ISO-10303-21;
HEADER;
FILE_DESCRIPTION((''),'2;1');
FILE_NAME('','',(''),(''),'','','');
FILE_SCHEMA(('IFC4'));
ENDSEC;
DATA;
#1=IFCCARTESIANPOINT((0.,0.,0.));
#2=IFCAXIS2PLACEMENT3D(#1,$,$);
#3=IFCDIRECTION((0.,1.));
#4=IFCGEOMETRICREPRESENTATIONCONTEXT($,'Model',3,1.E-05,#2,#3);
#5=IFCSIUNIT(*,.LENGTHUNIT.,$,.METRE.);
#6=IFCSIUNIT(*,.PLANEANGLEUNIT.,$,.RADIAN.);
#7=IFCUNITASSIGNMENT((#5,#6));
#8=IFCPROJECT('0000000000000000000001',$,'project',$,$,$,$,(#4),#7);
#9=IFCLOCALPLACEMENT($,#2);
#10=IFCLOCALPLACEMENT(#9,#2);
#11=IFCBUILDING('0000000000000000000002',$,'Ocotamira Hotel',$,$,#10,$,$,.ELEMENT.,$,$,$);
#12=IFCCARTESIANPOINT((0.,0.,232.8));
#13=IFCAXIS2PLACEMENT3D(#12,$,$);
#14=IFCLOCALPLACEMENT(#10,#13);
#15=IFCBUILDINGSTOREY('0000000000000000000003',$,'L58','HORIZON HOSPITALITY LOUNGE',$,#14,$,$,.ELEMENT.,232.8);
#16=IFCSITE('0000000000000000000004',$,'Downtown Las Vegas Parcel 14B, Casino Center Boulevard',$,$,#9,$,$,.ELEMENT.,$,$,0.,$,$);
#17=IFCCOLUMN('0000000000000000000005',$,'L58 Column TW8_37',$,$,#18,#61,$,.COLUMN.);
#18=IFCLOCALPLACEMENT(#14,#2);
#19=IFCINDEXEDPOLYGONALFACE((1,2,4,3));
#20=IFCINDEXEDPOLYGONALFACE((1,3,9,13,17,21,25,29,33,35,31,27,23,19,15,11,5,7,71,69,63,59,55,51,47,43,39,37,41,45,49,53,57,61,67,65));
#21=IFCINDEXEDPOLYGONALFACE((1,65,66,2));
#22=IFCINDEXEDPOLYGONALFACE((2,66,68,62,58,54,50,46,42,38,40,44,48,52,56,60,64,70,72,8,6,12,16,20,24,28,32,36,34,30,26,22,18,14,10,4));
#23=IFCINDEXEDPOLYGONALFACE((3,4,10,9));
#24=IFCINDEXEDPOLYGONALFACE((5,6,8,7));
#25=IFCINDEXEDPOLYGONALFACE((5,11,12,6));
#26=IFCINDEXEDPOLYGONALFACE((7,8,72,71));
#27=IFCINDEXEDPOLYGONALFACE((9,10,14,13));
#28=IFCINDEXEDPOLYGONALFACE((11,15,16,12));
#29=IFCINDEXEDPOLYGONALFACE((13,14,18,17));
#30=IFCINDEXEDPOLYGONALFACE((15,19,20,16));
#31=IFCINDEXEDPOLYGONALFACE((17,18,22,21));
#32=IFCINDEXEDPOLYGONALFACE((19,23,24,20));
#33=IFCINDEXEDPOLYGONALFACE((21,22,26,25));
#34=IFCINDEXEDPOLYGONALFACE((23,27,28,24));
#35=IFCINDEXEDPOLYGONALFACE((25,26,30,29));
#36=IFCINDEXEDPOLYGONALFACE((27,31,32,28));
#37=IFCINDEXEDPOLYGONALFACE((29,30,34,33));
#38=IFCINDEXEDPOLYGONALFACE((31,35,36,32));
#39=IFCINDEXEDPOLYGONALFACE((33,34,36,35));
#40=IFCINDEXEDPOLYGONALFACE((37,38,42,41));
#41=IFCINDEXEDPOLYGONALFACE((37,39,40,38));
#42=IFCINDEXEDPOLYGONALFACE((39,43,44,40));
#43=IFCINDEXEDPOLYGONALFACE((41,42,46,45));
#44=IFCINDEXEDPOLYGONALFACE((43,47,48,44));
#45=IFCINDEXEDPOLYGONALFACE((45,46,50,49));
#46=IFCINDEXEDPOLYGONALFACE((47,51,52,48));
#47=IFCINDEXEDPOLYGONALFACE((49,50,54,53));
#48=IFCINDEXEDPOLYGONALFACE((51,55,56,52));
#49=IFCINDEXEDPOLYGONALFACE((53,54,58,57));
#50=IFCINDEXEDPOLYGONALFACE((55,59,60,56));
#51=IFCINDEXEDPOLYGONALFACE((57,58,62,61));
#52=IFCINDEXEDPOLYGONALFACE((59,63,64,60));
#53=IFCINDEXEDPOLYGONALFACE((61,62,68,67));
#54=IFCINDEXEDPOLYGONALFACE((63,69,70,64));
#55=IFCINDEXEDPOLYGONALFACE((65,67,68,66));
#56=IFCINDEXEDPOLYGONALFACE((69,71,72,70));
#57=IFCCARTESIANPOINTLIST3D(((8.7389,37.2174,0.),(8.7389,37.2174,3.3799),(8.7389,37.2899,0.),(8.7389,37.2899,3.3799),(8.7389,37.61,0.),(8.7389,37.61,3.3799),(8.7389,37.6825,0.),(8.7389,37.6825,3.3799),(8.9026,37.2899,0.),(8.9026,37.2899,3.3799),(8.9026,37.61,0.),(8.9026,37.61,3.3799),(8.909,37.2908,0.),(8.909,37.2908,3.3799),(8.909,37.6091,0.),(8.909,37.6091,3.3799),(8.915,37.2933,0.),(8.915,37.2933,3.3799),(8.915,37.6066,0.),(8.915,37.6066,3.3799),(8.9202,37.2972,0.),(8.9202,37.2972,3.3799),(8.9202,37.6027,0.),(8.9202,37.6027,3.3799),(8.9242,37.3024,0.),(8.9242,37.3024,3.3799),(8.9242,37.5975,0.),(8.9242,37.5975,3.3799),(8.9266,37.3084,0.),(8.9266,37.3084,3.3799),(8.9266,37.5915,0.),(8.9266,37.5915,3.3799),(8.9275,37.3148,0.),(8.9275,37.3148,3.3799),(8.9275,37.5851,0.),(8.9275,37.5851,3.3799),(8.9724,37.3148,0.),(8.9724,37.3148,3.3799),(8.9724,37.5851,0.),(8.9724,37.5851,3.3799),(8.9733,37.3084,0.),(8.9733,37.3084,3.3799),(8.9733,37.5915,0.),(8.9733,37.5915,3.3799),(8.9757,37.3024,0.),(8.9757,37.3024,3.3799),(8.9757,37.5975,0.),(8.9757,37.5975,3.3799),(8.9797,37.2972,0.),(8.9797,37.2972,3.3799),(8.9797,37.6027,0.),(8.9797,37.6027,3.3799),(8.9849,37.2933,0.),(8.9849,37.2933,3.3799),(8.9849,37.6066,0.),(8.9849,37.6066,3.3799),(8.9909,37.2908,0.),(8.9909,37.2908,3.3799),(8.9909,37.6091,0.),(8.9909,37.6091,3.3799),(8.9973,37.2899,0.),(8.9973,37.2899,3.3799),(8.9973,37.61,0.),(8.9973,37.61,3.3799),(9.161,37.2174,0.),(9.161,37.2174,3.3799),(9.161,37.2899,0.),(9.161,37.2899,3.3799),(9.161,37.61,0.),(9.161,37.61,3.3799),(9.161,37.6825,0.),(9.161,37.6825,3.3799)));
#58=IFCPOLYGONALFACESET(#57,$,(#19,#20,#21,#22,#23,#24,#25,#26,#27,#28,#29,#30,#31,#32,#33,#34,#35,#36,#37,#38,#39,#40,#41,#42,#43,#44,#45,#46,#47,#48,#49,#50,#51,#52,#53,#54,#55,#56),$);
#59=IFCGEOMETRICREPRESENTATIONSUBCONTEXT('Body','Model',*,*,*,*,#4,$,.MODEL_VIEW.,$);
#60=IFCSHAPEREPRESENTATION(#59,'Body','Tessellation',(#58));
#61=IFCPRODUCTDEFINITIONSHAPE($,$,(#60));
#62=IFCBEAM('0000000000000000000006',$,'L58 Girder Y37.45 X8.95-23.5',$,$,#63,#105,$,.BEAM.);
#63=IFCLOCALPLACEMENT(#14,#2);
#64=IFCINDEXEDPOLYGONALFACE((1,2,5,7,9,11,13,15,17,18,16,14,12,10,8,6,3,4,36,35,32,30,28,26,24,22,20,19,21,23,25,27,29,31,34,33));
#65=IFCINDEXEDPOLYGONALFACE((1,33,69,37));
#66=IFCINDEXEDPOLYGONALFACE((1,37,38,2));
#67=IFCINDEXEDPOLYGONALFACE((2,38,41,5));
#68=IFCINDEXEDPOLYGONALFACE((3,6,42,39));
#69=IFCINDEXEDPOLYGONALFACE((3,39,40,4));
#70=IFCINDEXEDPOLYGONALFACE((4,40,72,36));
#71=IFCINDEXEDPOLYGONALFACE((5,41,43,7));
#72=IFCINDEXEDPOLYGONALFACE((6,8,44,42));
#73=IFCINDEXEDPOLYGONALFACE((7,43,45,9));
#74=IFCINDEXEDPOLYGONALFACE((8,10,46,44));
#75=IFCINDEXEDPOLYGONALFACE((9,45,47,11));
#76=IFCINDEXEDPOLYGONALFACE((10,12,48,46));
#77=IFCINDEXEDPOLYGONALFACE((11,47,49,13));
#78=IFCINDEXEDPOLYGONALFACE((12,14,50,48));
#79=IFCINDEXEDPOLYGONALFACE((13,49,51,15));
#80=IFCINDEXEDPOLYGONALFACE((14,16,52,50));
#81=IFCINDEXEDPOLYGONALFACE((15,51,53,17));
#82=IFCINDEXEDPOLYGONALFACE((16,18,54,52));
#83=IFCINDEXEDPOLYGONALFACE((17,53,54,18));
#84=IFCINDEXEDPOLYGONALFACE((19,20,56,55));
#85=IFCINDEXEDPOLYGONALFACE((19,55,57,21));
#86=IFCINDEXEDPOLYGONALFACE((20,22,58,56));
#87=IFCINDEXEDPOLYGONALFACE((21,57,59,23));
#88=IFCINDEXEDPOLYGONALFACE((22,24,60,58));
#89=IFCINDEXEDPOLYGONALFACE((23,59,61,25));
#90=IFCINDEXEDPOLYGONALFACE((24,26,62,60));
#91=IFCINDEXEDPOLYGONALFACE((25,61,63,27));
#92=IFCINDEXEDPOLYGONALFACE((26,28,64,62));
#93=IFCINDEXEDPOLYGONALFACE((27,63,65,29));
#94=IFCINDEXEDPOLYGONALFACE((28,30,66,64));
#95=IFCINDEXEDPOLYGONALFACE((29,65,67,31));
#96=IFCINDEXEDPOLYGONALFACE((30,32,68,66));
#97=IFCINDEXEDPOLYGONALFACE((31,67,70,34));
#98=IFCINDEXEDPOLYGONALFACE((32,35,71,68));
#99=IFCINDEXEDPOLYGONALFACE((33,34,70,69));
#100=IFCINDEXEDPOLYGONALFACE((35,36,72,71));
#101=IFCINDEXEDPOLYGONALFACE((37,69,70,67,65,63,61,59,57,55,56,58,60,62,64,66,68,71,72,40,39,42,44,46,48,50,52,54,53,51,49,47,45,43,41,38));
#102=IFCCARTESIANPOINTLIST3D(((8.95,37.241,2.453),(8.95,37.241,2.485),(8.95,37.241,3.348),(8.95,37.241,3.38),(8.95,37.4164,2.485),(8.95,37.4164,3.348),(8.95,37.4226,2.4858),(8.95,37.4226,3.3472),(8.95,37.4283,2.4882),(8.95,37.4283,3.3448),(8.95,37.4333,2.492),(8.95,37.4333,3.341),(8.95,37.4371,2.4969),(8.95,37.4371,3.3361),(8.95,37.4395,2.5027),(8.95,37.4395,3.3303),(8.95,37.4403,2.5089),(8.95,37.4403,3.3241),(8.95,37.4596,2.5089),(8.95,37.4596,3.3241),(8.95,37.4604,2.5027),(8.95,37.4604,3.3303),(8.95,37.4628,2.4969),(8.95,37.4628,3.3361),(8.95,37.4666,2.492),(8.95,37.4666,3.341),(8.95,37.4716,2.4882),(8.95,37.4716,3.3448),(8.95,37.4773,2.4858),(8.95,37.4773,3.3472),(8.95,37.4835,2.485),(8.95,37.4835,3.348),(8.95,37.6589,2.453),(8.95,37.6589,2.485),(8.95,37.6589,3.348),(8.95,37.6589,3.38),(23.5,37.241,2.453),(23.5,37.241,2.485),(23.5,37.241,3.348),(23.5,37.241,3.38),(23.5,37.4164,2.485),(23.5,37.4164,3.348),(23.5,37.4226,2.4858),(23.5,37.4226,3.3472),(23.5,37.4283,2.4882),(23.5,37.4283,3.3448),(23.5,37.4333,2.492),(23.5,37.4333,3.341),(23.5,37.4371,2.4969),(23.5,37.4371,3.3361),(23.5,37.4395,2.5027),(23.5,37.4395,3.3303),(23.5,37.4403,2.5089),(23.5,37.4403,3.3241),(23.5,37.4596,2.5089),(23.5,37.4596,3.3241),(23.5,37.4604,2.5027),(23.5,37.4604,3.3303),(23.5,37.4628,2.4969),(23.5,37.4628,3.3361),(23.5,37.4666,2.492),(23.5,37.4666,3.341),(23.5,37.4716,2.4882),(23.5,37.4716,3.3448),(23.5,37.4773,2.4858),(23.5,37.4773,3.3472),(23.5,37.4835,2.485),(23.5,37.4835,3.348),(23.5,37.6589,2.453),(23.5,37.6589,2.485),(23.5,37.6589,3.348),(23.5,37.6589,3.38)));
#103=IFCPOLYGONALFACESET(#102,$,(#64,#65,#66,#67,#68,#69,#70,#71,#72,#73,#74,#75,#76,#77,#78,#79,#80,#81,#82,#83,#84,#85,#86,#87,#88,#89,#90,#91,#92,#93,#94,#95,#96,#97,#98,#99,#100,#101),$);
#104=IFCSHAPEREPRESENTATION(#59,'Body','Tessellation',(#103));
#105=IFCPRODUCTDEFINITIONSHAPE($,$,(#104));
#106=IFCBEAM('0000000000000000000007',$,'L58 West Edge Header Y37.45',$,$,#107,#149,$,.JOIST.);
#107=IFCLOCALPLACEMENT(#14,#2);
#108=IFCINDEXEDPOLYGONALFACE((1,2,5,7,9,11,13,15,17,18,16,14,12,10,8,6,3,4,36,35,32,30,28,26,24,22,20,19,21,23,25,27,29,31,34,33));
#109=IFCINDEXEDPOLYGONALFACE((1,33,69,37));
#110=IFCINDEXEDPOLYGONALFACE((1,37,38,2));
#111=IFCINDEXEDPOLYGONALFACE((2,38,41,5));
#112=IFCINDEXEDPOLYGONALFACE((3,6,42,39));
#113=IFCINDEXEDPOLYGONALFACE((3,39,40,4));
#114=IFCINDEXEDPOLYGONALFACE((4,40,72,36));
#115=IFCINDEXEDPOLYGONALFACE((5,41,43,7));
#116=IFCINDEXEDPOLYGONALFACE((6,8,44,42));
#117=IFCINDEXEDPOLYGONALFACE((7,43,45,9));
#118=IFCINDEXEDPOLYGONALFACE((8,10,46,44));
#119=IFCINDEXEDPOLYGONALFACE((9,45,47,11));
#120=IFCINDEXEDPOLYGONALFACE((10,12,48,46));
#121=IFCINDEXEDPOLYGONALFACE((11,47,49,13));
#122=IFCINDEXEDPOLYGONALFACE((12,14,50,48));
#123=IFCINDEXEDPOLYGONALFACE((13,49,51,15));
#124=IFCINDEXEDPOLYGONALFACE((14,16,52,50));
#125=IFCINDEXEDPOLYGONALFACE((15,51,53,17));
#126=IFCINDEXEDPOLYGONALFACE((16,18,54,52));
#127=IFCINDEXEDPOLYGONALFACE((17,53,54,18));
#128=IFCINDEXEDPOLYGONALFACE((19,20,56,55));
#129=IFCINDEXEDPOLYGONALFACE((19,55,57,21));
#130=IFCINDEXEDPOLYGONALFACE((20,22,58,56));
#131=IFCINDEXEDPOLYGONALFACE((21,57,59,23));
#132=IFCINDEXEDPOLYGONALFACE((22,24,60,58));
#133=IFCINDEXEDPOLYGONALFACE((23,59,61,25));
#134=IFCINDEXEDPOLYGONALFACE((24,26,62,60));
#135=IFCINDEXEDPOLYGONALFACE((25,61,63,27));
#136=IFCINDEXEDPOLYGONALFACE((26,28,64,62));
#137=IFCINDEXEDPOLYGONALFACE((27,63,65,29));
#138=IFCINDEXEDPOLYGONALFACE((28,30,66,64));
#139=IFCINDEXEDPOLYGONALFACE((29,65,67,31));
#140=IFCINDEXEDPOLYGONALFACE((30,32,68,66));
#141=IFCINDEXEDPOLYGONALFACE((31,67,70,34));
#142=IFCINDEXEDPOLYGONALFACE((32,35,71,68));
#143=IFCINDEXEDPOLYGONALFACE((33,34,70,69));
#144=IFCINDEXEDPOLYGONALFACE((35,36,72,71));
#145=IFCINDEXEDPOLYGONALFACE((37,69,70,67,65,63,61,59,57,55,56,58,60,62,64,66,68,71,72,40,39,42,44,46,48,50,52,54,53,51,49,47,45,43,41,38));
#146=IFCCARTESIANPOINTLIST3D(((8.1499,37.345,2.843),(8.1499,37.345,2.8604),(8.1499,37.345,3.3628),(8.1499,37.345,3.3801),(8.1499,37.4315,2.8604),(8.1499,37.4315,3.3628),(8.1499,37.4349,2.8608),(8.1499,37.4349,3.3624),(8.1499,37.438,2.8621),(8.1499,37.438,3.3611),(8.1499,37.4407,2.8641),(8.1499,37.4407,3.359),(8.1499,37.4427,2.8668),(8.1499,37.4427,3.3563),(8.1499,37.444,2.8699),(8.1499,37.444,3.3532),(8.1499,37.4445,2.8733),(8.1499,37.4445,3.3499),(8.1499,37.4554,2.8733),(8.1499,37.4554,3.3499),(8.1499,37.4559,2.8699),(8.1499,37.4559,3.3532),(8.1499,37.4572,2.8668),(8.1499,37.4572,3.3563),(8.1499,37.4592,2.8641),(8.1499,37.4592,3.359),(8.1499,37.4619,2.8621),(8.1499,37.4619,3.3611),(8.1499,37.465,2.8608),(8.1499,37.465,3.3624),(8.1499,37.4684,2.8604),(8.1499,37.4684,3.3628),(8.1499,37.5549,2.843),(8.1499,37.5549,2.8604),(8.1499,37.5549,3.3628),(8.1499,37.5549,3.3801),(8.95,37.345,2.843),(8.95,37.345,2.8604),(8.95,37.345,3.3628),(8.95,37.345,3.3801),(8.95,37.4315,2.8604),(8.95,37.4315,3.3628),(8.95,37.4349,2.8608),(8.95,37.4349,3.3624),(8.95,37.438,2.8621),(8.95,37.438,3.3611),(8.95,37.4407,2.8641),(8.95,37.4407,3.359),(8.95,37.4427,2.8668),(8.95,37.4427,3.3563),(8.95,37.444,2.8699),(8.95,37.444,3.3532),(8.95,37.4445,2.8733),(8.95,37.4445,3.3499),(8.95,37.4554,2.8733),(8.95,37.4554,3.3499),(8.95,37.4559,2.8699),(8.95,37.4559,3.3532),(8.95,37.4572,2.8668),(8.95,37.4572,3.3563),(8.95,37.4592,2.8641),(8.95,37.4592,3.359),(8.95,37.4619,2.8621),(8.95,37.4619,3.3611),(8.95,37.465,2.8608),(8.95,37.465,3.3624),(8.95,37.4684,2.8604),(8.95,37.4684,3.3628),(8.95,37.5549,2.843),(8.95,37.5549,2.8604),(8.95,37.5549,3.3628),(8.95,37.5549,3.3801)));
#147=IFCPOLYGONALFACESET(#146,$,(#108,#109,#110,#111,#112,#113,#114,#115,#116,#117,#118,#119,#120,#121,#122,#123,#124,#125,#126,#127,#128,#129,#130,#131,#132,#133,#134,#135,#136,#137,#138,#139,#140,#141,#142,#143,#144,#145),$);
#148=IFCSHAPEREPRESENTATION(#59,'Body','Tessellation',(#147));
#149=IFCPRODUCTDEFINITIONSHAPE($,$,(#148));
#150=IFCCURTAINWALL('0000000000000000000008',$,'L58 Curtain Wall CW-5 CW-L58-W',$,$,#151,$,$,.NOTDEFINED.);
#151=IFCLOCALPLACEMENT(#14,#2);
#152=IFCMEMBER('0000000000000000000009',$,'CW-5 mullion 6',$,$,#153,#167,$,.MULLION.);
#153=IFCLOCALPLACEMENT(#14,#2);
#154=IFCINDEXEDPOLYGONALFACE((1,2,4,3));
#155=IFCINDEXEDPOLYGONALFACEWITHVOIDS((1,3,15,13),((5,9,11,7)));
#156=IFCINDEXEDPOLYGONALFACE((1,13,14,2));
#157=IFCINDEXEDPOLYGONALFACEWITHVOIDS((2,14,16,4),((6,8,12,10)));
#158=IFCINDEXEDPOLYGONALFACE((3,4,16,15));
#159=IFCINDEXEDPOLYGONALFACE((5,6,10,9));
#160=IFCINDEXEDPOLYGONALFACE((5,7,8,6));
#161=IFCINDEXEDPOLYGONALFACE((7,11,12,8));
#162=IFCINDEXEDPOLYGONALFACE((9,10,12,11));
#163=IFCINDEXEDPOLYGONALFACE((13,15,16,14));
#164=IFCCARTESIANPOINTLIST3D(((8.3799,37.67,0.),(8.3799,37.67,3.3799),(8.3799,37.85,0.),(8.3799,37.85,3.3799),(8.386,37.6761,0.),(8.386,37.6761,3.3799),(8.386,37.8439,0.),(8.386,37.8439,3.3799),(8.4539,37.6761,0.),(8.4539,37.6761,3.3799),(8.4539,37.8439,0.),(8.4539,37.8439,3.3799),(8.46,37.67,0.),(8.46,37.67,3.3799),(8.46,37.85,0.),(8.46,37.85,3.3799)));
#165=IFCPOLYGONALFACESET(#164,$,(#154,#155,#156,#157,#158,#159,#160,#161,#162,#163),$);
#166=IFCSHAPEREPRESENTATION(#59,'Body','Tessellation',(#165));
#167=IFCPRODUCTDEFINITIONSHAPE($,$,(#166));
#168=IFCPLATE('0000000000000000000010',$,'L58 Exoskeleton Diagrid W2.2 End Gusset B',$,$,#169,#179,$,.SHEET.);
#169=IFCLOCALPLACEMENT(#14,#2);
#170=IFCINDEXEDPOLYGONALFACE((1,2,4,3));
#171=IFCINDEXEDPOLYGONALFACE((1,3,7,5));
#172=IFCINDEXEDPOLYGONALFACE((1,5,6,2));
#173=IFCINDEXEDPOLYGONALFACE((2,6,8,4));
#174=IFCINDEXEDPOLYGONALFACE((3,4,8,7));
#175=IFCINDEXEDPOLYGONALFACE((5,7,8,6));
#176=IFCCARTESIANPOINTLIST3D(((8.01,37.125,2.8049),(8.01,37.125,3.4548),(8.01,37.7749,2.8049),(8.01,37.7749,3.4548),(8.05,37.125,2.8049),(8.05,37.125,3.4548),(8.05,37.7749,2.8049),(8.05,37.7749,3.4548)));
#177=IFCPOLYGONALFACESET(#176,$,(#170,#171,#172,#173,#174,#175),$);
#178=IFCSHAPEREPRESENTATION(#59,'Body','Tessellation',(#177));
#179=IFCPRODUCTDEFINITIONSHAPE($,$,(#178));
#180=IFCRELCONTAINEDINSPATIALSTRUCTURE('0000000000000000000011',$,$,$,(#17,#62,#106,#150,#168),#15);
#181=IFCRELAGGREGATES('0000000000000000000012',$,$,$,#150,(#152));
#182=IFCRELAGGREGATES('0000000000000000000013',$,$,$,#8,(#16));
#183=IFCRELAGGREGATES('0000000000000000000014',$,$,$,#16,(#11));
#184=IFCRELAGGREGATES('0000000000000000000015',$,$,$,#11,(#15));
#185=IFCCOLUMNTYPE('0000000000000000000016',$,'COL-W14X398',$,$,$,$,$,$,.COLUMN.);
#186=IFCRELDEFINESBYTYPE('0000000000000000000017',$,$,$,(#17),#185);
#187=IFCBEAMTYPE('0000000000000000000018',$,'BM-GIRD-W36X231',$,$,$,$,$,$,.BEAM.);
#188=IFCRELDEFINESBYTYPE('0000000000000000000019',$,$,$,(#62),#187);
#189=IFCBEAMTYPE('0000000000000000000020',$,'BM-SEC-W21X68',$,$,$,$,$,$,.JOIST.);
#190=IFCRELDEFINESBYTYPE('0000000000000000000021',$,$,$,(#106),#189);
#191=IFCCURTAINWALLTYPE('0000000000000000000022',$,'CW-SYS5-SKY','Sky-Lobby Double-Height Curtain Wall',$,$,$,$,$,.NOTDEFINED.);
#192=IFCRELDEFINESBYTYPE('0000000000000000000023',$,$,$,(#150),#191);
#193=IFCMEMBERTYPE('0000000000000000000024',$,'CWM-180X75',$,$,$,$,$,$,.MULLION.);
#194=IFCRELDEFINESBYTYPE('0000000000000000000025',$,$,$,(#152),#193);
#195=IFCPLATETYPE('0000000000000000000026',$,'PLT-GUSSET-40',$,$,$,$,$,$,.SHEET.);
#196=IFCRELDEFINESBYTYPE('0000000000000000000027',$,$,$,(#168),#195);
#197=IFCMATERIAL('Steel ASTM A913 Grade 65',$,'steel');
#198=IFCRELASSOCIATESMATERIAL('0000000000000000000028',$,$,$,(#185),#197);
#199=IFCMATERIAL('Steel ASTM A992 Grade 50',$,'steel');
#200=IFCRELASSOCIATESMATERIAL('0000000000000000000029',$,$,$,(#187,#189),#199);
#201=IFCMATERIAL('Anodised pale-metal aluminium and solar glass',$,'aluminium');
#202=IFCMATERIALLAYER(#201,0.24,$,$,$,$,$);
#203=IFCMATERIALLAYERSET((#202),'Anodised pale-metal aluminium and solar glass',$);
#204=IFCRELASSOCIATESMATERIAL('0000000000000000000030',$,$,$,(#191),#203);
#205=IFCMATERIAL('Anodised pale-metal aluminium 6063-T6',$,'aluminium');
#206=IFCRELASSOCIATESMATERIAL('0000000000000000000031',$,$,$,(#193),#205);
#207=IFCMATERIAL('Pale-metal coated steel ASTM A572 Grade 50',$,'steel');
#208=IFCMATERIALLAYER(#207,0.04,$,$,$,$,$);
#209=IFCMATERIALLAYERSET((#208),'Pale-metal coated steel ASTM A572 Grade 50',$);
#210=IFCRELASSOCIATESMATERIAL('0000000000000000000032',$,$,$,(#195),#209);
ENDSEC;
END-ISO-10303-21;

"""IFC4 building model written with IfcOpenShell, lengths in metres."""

from ifc_helpers import new_model, si_unit, direction, frame, origin, origin_2d, place, context, subcontext, project, spatial, rectangle, hollow_rectangle, i_section, extrude, source, transform, mapped, material, layer, layer_set, material_profile, profile_set, type_object, element, aggregate, save


model = new_model("IFC4")

# Units and contexts
model_context = context("Model", 3, precision=1e-05, world=origin(), true_north=direction((0.0, 1.0)))
body_context = subcontext(model_context, "Body", "Model", "MODEL_VIEW")
ifc_project = project(units=[si_unit("LENGTHUNIT", "METRE"), si_unit("PLANEANGLEUNIT", "RADIAN")], contexts=[model_context])

# Site, building, storey
site_placement = place(None, origin())
site = spatial("IfcSite", under=ifc_project, at=site_placement, Name="Downtown Las Vegas Parcel 14B, Casino Center Boulevard", CompositionType="ELEMENT", RefElevation=0.0)
building_placement = place(site_placement, origin())
building = spatial("IfcBuilding", under=site, at=building_placement, Name="Ocotamira Hotel", CompositionType="ELEMENT")
storey_placement = place(building_placement, frame((0.0, 0.0, 232.8)))
storey = spatial("IfcBuildingStorey", under=building, at=storey_placement, Name="L58", Description="HORIZON HOSPITALITY LOUNGE", CompositionType="ELEMENT", Elevation=232.8)

# Column
ifc_material_1 = material(Name="Steel ASTM A913 Grade 65", Category="steel")
ifc_material_profile_1 = material_profile(ifc_material_1, i_section(OverallWidth=0.4221, OverallDepth=0.4651, WebThickness=0.0449, FlangeThickness=0.0725, FilletRadius=0.0249, at=origin_2d()), Name="W14X398")
ifc_profile_set_1 = profile_set([ifc_material_profile_1], Name="Steel ASTM A913 Grade 65")
column_type = type_object("IfcColumnType", Name="COL-W14X398", PredefinedType="COLUMN", material=ifc_profile_set_1)
shared_shape_1 = source(origin(), body_context, "Body", "SweptSolid", [
    extrude(i_section(OverallWidth=0.4221, OverallDepth=0.4651, WebThickness=0.0449, FlangeThickness=0.0725, FilletRadius=0.0249, at=origin_2d()), origin(), (0.0, 0.0, 1.0), 3.3799),
])
column_placement = place(storey_placement, frame((8.95, 37.45, 0.0), z_axis=(0.0, 0.0, 1.0), x_axis=(1.0, 0.0, 0.0)))
element("IfcColumn", 1, at=column_placement, inside=storey, type_object=column_type, Name="L58 Column TW8_37", PredefinedType="COLUMN", context=body_context, shape_type="MappedRepresentation", body=[
    mapped(shared_shape_1, transform((0.0, 0.0, 0.0), scale=1.0)),
])

# Beams
ifc_material_2 = material(Name="Steel ASTM A992 Grade 50", Category="steel")
ifc_material_profile_2 = material_profile(ifc_material_2, i_section(OverallWidth=0.418, OverallDepth=0.927, WebThickness=0.0193, FlangeThickness=0.032, FilletRadius=0.0239, at=origin_2d()), Name="W36X231")
ifc_profile_set_2 = profile_set([ifc_material_profile_2], Name="Steel ASTM A992 Grade 50")
beam_type_1 = type_object("IfcBeamType", Name="BM-GIRD-W36X231", PredefinedType="BEAM", material=ifc_profile_set_2)
shared_shape_2 = source(origin(), body_context, "Body", "SweptSolid", [
    extrude(i_section(OverallWidth=0.418, OverallDepth=0.927, WebThickness=0.0193, FlangeThickness=0.032, FilletRadius=0.0239, at=origin_2d()), origin(), (0.0, 0.0, 1.0), 14.55),
])
beam_1_placement = place(storey_placement, frame((8.95, 37.45, 2.9165), z_axis=(1.0, 0.0, 0.0), x_axis=(0.0, 1.0, 0.0)))
element("IfcBeam", 2, at=beam_1_placement, inside=storey, type_object=beam_type_1, Name="L58 Girder Y37.45 X8.95-23.5", PredefinedType="BEAM", context=body_context, shape_type="MappedRepresentation", body=[
    mapped(shared_shape_2, transform((0.0, 0.0, 0.0), scale=1.0)),
])
ifc_material_profile_3 = material_profile(ifc_material_2, i_section(OverallWidth=0.21, OverallDepth=0.5371, WebThickness=0.011, FlangeThickness=0.0173, FilletRadius=0.0129, at=origin_2d()), Name="W21X68")
ifc_profile_set_3 = profile_set([ifc_material_profile_3], Name="Steel ASTM A992 Grade 50")
beam_type_2 = type_object("IfcBeamType", Name="BM-SEC-W21X68", PredefinedType="JOIST", material=ifc_profile_set_3)
shared_shape_3 = source(origin(), body_context, "Body", "SweptSolid", [
    extrude(i_section(OverallWidth=0.21, OverallDepth=0.5371, WebThickness=0.011, FlangeThickness=0.0173, FilletRadius=0.0129, at=origin_2d()), origin(), (0.0, 0.0, 1.0), 0.8),
])
beam_2_placement = place(storey_placement, frame((8.95, 37.45, 3.1116), z_axis=(-1.0, 0.0, 0.0), x_axis=(0.0, -1.0, 0.0)))
element("IfcBeam", 3, at=beam_2_placement, inside=storey, type_object=beam_type_2, Name="L58 West Edge Header Y37.45", PredefinedType="JOIST", context=body_context, shape_type="MappedRepresentation", body=[
    mapped(shared_shape_3, transform((0.0, 0.0, 0.0), scale=1.0)),
])

# Curtain wall, member
ifc_material_3 = material(Name="Anodised pale-metal aluminium and solar glass", Category="aluminium")
ifc_layer_1 = layer(ifc_material_3, 0.24)
ifc_layer_set_1 = layer_set([ifc_layer_1], Name="Anodised pale-metal aluminium and solar glass")
curtain_wall_type = type_object("IfcCurtainWallType", Name="CW-SYS5-SKY", Description="Sky-Lobby Double-Height Curtain Wall", PredefinedType="NOTDEFINED", material=ifc_layer_set_1)
curtain_wall_placement = place(storey_placement, origin())
curtain_wall = element("IfcCurtainWall", 4, at=curtain_wall_placement, inside=storey, type_object=curtain_wall_type, Name="L58 Curtain Wall CW-5 CW-L58-W", PredefinedType="NOTDEFINED")
ifc_material_4 = material(Name="Anodised pale-metal aluminium 6063-T6", Category="aluminium")
ifc_material_profile_4 = material_profile(ifc_material_4, hollow_rectangle(XDim=0.0801, YDim=0.1799, WallThickness=0.0061, at=origin_2d()), Name="HSS180X80X6")
ifc_profile_set_4 = profile_set([ifc_material_profile_4], Name="Anodised pale-metal aluminium 6063-T6")
member_type = type_object("IfcMemberType", Name="CWM-180X75", PredefinedType="MULLION", material=ifc_profile_set_4)
shared_shape_4 = source(origin(), body_context, "Body", "SweptSolid", [
    extrude(hollow_rectangle(XDim=0.0801, YDim=0.1799, WallThickness=0.0061, at=origin_2d()), origin(), (0.0, 0.0, 1.0), 3.3799),
])
member_placement = place(storey_placement, frame((8.4199, 37.76, 0.0), z_axis=(0.0, 0.0, 1.0), x_axis=(-1.0, 0.0, 0.0)))
member = element("IfcMember", 5, at=member_placement, type_object=member_type, Name="CW-5 mullion 6", PredefinedType="MULLION", context=body_context, shape_type="MappedRepresentation", body=[
    mapped(shared_shape_4, transform((0.0, 0.0, 0.0), scale=1.0)),
])

# Plate
ifc_material_5 = material(Name="Pale-metal coated steel ASTM A572 Grade 50", Category="steel")
ifc_layer_2 = layer(ifc_material_5, 0.04)
ifc_layer_set_2 = layer_set([ifc_layer_2], Name="Pale-metal coated steel ASTM A572 Grade 50")
plate_type_1 = type_object("IfcPlateType", Name="PLT-GUSSET-40", PredefinedType="SHEET", material=ifc_layer_set_2)
shared_shape_5 = source(origin(), body_context, "Body", "SweptSolid", [
    extrude(rectangle(XDim=0.04, YDim=0.6499, at=origin_2d()), origin(), (0.0, 0.0, 1.0), 0.6499),
])
plate_1_placement = place(storey_placement, frame((8.03, 37.45, 2.8049), z_axis=(0.0, 0.0, 1.0), x_axis=(1.0, 0.0, 0.0)))
element("IfcPlate", 6, at=plate_1_placement, inside=storey, type_object=plate_type_1, Name="L58 Exoskeleton Diagrid W2.2 End Gusset B", PredefinedType="SHEET", context=body_context, shape_type="MappedRepresentation", body=[
    mapped(shared_shape_5, transform((0.0, 0.0, 0.0), scale=1.0)),
])
aggregate(curtain_wall, [member])

save(model, "model.ifc")
